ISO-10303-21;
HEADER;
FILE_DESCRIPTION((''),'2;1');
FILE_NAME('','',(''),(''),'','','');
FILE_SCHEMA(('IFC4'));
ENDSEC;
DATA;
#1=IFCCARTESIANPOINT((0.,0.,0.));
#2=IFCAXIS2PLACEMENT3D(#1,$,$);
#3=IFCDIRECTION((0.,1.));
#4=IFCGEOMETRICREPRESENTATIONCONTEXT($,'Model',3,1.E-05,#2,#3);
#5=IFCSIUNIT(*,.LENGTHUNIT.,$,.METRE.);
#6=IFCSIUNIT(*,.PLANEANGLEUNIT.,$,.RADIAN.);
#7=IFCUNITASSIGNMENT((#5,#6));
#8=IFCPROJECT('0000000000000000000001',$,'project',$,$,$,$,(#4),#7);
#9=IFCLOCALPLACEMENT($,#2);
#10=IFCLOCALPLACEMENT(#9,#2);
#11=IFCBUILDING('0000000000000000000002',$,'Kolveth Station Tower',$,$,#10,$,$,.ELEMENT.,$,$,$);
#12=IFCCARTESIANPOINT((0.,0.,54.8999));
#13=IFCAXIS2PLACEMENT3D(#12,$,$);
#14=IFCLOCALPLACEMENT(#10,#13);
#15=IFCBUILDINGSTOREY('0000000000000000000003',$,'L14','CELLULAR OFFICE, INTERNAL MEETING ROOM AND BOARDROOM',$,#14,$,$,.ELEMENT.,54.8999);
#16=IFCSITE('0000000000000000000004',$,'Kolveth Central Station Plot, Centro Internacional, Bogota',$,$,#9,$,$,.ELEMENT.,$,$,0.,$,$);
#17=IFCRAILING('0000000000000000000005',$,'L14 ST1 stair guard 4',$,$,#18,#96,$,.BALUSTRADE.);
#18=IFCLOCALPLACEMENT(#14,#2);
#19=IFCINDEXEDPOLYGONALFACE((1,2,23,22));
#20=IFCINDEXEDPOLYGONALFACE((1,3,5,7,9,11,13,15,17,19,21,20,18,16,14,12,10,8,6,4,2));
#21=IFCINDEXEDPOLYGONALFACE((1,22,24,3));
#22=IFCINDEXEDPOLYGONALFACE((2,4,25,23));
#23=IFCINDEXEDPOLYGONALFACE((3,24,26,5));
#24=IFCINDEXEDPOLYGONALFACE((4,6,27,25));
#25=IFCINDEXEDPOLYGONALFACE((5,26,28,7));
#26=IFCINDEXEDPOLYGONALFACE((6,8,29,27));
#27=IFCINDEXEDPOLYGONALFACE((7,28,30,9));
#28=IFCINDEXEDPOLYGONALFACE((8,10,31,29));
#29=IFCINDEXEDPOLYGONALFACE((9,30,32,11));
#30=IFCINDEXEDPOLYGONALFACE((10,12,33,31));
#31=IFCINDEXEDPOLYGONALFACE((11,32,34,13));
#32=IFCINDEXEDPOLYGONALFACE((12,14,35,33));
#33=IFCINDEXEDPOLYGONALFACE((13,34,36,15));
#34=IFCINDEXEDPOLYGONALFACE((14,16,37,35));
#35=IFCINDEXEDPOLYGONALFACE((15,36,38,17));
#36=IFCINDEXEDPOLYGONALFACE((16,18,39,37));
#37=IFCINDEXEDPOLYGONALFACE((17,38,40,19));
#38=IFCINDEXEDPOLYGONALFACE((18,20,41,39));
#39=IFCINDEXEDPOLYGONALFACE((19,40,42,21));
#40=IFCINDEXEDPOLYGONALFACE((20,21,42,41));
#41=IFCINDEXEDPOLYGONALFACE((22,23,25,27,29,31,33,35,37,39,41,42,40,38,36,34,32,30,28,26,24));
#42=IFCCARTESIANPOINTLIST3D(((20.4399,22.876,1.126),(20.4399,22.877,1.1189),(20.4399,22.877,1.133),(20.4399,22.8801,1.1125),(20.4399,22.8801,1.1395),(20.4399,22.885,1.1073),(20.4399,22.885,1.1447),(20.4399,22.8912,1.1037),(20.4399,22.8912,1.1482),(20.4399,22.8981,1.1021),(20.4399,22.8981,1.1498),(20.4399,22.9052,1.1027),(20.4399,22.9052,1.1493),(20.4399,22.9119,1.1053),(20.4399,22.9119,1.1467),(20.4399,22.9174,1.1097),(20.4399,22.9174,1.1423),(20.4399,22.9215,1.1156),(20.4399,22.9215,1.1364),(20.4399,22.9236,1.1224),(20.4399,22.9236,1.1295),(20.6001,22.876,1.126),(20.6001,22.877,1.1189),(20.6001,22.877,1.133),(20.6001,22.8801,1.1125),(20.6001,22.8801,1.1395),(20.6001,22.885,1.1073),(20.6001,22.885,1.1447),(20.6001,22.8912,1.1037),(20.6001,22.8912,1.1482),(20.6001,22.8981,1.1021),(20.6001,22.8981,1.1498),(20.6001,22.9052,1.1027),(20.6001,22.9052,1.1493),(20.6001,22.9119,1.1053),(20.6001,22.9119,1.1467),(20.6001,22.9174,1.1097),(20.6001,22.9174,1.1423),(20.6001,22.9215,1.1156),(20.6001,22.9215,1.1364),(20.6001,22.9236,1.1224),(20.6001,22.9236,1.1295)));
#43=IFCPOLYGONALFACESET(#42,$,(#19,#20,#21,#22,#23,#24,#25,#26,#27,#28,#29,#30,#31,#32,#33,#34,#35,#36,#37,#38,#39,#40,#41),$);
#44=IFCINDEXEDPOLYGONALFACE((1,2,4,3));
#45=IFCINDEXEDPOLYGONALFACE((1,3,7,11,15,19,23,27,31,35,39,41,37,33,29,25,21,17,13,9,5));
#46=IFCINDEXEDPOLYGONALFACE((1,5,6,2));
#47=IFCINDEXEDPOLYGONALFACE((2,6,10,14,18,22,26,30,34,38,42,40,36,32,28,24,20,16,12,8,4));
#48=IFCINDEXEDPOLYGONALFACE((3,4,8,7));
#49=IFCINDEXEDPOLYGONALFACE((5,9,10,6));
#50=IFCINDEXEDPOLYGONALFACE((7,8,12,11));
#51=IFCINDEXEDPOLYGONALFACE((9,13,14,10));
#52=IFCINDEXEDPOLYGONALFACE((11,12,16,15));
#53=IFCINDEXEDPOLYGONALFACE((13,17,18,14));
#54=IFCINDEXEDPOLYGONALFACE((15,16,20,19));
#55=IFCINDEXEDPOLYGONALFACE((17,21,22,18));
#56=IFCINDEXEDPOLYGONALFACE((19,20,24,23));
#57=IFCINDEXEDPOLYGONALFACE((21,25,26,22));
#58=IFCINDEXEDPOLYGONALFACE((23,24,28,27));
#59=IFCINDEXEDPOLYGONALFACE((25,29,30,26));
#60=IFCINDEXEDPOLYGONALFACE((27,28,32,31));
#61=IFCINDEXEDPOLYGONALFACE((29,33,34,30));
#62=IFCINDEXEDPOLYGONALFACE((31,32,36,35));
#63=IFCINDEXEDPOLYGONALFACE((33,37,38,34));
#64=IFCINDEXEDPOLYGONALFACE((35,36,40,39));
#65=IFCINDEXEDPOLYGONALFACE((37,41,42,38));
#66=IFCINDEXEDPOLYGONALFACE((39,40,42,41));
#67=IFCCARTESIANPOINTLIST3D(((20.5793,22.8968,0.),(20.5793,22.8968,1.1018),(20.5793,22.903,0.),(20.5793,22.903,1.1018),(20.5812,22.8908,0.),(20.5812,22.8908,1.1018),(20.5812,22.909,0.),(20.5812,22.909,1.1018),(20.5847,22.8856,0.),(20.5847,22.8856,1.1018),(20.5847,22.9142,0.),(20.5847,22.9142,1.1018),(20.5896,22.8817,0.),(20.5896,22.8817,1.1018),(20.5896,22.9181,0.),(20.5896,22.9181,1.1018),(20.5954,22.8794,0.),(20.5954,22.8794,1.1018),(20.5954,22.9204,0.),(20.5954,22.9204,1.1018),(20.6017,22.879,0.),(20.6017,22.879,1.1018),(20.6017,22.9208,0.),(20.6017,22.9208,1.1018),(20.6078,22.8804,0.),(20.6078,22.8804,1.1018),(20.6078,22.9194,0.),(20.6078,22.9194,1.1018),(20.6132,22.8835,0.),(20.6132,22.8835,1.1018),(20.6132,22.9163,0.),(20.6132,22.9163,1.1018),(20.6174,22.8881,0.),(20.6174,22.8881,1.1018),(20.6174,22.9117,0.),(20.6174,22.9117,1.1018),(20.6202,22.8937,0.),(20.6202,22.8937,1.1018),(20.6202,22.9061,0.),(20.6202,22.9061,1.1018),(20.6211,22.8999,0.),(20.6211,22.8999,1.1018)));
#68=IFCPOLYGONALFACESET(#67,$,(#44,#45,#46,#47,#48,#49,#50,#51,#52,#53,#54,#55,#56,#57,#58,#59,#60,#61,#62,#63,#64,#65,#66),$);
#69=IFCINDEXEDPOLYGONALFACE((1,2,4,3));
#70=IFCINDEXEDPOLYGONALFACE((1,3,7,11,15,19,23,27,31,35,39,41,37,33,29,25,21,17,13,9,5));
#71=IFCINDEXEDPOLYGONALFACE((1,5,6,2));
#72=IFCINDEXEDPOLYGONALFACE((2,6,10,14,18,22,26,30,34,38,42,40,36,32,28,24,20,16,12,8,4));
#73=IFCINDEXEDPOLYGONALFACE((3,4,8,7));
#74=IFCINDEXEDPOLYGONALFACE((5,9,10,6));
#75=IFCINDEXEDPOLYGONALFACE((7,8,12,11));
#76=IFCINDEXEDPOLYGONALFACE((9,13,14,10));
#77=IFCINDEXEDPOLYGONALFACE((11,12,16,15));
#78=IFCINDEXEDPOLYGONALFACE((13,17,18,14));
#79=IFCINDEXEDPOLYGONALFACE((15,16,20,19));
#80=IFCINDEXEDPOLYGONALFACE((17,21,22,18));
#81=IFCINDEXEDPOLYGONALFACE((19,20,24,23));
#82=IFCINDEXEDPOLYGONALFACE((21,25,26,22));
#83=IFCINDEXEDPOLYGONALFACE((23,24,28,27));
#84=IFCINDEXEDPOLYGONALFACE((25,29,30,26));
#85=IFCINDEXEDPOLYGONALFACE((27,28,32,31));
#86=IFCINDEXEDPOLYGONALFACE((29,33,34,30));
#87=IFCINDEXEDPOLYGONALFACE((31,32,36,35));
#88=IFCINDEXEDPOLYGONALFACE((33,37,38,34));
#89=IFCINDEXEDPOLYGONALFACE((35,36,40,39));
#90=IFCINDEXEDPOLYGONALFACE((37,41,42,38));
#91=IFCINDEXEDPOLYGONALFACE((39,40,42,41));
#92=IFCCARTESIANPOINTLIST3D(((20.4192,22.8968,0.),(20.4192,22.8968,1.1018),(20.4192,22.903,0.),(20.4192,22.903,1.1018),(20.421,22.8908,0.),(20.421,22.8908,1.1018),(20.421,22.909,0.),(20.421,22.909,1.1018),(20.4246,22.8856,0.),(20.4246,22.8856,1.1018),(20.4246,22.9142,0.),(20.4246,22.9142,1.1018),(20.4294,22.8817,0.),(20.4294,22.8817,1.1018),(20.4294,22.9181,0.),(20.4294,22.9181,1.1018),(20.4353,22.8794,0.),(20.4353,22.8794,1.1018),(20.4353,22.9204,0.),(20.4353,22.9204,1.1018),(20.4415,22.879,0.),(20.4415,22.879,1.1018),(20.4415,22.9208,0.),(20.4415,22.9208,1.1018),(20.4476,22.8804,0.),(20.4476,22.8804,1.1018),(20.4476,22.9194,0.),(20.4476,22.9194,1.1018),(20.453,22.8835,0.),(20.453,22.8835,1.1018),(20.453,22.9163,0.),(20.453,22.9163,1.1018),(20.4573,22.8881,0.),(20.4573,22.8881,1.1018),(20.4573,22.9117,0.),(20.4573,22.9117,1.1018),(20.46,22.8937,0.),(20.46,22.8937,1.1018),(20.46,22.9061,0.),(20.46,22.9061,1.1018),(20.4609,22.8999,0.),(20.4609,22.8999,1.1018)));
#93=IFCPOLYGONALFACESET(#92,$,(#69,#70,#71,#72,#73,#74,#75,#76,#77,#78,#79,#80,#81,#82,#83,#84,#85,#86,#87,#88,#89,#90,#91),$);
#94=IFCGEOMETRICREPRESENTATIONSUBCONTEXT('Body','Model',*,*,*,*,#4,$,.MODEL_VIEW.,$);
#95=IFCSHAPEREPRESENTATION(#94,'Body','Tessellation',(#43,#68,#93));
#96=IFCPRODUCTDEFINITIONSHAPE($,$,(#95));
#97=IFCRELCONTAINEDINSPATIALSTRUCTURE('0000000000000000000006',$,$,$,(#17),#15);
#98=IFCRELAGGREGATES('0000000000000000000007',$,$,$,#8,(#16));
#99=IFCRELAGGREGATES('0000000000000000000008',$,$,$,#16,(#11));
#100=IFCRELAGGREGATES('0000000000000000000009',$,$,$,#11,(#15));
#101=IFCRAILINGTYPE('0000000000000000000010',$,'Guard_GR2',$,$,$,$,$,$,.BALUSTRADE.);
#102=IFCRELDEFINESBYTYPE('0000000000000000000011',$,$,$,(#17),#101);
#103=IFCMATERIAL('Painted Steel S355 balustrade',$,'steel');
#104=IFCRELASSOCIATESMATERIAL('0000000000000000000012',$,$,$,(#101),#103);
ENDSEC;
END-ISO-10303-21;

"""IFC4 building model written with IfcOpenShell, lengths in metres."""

from ifc_helpers import new_model, si_unit, direction, frame, origin, origin_2d, place, context, subcontext, project, spatial, circle, extrude, material, type_object, element, save


model = new_model("IFC4")

# Units and contexts
model_context = context("Model", 3, precision=1e-05, world=origin(), true_north=direction((0.0, 1.0)))
body_context = subcontext(model_context, "Body", "Model", "MODEL_VIEW")
ifc_project = project(units=[si_unit("LENGTHUNIT", "METRE"), si_unit("PLANEANGLEUNIT", "RADIAN")], contexts=[model_context])

# Site, building, storey
site_placement = place(None, origin())
site = spatial("IfcSite", under=ifc_project, at=site_placement, Name="Kolveth Central Station Plot, Centro Internacional, Bogota", CompositionType="ELEMENT", RefElevation=0.0)
building_placement = place(site_placement, origin())
building = spatial("IfcBuilding", under=site, at=building_placement, Name="Kolveth Station Tower", CompositionType="ELEMENT")
storey_placement = place(building_placement, frame((0.0, 0.0, 54.8999)))
storey = spatial("IfcBuildingStorey", under=building, at=storey_placement, Name="L14", Description="CELLULAR OFFICE, INTERNAL MEETING ROOM AND BOARDROOM", CompositionType="ELEMENT", Elevation=54.8999)

# Railing
ifc_material_1 = material(Name="Painted Steel S355 balustrade", Category="steel")
railing_type_1 = type_object("IfcRailingType", Name="Guard_GR2", PredefinedType="BALUSTRADE", material=ifc_material_1)
railing_1_placement = place(storey_placement, frame((20.6001, 22.8999, 0.0)))
element("IfcRailing", 1, at=railing_1_placement, inside=storey, type_object=railing_type_1, Name="L14 ST1 stair guard 4", PredefinedType="BALUSTRADE", context=body_context, shape_type="SweptSolid", body=[
    extrude(circle(Radius=0.0239, at=origin_2d()), frame((0.0, 0.0, 1.126), z_axis=(-1.0, 0.0, 0.0), x_axis=(0.0, -1.0, 0.0)), (0.0, 0.0, 1.0), 0.1602),
    extrude(circle(Radius=0.021, at=origin_2d()), origin(), (0.0, 0.0, 1.0), 1.1018),
    extrude(circle(Radius=0.021, at=origin_2d()), frame((-0.1602, 0.0, 0.0)), (0.0, 0.0, 1.0), 1.1018),
])

save(model, "model.ifc")
